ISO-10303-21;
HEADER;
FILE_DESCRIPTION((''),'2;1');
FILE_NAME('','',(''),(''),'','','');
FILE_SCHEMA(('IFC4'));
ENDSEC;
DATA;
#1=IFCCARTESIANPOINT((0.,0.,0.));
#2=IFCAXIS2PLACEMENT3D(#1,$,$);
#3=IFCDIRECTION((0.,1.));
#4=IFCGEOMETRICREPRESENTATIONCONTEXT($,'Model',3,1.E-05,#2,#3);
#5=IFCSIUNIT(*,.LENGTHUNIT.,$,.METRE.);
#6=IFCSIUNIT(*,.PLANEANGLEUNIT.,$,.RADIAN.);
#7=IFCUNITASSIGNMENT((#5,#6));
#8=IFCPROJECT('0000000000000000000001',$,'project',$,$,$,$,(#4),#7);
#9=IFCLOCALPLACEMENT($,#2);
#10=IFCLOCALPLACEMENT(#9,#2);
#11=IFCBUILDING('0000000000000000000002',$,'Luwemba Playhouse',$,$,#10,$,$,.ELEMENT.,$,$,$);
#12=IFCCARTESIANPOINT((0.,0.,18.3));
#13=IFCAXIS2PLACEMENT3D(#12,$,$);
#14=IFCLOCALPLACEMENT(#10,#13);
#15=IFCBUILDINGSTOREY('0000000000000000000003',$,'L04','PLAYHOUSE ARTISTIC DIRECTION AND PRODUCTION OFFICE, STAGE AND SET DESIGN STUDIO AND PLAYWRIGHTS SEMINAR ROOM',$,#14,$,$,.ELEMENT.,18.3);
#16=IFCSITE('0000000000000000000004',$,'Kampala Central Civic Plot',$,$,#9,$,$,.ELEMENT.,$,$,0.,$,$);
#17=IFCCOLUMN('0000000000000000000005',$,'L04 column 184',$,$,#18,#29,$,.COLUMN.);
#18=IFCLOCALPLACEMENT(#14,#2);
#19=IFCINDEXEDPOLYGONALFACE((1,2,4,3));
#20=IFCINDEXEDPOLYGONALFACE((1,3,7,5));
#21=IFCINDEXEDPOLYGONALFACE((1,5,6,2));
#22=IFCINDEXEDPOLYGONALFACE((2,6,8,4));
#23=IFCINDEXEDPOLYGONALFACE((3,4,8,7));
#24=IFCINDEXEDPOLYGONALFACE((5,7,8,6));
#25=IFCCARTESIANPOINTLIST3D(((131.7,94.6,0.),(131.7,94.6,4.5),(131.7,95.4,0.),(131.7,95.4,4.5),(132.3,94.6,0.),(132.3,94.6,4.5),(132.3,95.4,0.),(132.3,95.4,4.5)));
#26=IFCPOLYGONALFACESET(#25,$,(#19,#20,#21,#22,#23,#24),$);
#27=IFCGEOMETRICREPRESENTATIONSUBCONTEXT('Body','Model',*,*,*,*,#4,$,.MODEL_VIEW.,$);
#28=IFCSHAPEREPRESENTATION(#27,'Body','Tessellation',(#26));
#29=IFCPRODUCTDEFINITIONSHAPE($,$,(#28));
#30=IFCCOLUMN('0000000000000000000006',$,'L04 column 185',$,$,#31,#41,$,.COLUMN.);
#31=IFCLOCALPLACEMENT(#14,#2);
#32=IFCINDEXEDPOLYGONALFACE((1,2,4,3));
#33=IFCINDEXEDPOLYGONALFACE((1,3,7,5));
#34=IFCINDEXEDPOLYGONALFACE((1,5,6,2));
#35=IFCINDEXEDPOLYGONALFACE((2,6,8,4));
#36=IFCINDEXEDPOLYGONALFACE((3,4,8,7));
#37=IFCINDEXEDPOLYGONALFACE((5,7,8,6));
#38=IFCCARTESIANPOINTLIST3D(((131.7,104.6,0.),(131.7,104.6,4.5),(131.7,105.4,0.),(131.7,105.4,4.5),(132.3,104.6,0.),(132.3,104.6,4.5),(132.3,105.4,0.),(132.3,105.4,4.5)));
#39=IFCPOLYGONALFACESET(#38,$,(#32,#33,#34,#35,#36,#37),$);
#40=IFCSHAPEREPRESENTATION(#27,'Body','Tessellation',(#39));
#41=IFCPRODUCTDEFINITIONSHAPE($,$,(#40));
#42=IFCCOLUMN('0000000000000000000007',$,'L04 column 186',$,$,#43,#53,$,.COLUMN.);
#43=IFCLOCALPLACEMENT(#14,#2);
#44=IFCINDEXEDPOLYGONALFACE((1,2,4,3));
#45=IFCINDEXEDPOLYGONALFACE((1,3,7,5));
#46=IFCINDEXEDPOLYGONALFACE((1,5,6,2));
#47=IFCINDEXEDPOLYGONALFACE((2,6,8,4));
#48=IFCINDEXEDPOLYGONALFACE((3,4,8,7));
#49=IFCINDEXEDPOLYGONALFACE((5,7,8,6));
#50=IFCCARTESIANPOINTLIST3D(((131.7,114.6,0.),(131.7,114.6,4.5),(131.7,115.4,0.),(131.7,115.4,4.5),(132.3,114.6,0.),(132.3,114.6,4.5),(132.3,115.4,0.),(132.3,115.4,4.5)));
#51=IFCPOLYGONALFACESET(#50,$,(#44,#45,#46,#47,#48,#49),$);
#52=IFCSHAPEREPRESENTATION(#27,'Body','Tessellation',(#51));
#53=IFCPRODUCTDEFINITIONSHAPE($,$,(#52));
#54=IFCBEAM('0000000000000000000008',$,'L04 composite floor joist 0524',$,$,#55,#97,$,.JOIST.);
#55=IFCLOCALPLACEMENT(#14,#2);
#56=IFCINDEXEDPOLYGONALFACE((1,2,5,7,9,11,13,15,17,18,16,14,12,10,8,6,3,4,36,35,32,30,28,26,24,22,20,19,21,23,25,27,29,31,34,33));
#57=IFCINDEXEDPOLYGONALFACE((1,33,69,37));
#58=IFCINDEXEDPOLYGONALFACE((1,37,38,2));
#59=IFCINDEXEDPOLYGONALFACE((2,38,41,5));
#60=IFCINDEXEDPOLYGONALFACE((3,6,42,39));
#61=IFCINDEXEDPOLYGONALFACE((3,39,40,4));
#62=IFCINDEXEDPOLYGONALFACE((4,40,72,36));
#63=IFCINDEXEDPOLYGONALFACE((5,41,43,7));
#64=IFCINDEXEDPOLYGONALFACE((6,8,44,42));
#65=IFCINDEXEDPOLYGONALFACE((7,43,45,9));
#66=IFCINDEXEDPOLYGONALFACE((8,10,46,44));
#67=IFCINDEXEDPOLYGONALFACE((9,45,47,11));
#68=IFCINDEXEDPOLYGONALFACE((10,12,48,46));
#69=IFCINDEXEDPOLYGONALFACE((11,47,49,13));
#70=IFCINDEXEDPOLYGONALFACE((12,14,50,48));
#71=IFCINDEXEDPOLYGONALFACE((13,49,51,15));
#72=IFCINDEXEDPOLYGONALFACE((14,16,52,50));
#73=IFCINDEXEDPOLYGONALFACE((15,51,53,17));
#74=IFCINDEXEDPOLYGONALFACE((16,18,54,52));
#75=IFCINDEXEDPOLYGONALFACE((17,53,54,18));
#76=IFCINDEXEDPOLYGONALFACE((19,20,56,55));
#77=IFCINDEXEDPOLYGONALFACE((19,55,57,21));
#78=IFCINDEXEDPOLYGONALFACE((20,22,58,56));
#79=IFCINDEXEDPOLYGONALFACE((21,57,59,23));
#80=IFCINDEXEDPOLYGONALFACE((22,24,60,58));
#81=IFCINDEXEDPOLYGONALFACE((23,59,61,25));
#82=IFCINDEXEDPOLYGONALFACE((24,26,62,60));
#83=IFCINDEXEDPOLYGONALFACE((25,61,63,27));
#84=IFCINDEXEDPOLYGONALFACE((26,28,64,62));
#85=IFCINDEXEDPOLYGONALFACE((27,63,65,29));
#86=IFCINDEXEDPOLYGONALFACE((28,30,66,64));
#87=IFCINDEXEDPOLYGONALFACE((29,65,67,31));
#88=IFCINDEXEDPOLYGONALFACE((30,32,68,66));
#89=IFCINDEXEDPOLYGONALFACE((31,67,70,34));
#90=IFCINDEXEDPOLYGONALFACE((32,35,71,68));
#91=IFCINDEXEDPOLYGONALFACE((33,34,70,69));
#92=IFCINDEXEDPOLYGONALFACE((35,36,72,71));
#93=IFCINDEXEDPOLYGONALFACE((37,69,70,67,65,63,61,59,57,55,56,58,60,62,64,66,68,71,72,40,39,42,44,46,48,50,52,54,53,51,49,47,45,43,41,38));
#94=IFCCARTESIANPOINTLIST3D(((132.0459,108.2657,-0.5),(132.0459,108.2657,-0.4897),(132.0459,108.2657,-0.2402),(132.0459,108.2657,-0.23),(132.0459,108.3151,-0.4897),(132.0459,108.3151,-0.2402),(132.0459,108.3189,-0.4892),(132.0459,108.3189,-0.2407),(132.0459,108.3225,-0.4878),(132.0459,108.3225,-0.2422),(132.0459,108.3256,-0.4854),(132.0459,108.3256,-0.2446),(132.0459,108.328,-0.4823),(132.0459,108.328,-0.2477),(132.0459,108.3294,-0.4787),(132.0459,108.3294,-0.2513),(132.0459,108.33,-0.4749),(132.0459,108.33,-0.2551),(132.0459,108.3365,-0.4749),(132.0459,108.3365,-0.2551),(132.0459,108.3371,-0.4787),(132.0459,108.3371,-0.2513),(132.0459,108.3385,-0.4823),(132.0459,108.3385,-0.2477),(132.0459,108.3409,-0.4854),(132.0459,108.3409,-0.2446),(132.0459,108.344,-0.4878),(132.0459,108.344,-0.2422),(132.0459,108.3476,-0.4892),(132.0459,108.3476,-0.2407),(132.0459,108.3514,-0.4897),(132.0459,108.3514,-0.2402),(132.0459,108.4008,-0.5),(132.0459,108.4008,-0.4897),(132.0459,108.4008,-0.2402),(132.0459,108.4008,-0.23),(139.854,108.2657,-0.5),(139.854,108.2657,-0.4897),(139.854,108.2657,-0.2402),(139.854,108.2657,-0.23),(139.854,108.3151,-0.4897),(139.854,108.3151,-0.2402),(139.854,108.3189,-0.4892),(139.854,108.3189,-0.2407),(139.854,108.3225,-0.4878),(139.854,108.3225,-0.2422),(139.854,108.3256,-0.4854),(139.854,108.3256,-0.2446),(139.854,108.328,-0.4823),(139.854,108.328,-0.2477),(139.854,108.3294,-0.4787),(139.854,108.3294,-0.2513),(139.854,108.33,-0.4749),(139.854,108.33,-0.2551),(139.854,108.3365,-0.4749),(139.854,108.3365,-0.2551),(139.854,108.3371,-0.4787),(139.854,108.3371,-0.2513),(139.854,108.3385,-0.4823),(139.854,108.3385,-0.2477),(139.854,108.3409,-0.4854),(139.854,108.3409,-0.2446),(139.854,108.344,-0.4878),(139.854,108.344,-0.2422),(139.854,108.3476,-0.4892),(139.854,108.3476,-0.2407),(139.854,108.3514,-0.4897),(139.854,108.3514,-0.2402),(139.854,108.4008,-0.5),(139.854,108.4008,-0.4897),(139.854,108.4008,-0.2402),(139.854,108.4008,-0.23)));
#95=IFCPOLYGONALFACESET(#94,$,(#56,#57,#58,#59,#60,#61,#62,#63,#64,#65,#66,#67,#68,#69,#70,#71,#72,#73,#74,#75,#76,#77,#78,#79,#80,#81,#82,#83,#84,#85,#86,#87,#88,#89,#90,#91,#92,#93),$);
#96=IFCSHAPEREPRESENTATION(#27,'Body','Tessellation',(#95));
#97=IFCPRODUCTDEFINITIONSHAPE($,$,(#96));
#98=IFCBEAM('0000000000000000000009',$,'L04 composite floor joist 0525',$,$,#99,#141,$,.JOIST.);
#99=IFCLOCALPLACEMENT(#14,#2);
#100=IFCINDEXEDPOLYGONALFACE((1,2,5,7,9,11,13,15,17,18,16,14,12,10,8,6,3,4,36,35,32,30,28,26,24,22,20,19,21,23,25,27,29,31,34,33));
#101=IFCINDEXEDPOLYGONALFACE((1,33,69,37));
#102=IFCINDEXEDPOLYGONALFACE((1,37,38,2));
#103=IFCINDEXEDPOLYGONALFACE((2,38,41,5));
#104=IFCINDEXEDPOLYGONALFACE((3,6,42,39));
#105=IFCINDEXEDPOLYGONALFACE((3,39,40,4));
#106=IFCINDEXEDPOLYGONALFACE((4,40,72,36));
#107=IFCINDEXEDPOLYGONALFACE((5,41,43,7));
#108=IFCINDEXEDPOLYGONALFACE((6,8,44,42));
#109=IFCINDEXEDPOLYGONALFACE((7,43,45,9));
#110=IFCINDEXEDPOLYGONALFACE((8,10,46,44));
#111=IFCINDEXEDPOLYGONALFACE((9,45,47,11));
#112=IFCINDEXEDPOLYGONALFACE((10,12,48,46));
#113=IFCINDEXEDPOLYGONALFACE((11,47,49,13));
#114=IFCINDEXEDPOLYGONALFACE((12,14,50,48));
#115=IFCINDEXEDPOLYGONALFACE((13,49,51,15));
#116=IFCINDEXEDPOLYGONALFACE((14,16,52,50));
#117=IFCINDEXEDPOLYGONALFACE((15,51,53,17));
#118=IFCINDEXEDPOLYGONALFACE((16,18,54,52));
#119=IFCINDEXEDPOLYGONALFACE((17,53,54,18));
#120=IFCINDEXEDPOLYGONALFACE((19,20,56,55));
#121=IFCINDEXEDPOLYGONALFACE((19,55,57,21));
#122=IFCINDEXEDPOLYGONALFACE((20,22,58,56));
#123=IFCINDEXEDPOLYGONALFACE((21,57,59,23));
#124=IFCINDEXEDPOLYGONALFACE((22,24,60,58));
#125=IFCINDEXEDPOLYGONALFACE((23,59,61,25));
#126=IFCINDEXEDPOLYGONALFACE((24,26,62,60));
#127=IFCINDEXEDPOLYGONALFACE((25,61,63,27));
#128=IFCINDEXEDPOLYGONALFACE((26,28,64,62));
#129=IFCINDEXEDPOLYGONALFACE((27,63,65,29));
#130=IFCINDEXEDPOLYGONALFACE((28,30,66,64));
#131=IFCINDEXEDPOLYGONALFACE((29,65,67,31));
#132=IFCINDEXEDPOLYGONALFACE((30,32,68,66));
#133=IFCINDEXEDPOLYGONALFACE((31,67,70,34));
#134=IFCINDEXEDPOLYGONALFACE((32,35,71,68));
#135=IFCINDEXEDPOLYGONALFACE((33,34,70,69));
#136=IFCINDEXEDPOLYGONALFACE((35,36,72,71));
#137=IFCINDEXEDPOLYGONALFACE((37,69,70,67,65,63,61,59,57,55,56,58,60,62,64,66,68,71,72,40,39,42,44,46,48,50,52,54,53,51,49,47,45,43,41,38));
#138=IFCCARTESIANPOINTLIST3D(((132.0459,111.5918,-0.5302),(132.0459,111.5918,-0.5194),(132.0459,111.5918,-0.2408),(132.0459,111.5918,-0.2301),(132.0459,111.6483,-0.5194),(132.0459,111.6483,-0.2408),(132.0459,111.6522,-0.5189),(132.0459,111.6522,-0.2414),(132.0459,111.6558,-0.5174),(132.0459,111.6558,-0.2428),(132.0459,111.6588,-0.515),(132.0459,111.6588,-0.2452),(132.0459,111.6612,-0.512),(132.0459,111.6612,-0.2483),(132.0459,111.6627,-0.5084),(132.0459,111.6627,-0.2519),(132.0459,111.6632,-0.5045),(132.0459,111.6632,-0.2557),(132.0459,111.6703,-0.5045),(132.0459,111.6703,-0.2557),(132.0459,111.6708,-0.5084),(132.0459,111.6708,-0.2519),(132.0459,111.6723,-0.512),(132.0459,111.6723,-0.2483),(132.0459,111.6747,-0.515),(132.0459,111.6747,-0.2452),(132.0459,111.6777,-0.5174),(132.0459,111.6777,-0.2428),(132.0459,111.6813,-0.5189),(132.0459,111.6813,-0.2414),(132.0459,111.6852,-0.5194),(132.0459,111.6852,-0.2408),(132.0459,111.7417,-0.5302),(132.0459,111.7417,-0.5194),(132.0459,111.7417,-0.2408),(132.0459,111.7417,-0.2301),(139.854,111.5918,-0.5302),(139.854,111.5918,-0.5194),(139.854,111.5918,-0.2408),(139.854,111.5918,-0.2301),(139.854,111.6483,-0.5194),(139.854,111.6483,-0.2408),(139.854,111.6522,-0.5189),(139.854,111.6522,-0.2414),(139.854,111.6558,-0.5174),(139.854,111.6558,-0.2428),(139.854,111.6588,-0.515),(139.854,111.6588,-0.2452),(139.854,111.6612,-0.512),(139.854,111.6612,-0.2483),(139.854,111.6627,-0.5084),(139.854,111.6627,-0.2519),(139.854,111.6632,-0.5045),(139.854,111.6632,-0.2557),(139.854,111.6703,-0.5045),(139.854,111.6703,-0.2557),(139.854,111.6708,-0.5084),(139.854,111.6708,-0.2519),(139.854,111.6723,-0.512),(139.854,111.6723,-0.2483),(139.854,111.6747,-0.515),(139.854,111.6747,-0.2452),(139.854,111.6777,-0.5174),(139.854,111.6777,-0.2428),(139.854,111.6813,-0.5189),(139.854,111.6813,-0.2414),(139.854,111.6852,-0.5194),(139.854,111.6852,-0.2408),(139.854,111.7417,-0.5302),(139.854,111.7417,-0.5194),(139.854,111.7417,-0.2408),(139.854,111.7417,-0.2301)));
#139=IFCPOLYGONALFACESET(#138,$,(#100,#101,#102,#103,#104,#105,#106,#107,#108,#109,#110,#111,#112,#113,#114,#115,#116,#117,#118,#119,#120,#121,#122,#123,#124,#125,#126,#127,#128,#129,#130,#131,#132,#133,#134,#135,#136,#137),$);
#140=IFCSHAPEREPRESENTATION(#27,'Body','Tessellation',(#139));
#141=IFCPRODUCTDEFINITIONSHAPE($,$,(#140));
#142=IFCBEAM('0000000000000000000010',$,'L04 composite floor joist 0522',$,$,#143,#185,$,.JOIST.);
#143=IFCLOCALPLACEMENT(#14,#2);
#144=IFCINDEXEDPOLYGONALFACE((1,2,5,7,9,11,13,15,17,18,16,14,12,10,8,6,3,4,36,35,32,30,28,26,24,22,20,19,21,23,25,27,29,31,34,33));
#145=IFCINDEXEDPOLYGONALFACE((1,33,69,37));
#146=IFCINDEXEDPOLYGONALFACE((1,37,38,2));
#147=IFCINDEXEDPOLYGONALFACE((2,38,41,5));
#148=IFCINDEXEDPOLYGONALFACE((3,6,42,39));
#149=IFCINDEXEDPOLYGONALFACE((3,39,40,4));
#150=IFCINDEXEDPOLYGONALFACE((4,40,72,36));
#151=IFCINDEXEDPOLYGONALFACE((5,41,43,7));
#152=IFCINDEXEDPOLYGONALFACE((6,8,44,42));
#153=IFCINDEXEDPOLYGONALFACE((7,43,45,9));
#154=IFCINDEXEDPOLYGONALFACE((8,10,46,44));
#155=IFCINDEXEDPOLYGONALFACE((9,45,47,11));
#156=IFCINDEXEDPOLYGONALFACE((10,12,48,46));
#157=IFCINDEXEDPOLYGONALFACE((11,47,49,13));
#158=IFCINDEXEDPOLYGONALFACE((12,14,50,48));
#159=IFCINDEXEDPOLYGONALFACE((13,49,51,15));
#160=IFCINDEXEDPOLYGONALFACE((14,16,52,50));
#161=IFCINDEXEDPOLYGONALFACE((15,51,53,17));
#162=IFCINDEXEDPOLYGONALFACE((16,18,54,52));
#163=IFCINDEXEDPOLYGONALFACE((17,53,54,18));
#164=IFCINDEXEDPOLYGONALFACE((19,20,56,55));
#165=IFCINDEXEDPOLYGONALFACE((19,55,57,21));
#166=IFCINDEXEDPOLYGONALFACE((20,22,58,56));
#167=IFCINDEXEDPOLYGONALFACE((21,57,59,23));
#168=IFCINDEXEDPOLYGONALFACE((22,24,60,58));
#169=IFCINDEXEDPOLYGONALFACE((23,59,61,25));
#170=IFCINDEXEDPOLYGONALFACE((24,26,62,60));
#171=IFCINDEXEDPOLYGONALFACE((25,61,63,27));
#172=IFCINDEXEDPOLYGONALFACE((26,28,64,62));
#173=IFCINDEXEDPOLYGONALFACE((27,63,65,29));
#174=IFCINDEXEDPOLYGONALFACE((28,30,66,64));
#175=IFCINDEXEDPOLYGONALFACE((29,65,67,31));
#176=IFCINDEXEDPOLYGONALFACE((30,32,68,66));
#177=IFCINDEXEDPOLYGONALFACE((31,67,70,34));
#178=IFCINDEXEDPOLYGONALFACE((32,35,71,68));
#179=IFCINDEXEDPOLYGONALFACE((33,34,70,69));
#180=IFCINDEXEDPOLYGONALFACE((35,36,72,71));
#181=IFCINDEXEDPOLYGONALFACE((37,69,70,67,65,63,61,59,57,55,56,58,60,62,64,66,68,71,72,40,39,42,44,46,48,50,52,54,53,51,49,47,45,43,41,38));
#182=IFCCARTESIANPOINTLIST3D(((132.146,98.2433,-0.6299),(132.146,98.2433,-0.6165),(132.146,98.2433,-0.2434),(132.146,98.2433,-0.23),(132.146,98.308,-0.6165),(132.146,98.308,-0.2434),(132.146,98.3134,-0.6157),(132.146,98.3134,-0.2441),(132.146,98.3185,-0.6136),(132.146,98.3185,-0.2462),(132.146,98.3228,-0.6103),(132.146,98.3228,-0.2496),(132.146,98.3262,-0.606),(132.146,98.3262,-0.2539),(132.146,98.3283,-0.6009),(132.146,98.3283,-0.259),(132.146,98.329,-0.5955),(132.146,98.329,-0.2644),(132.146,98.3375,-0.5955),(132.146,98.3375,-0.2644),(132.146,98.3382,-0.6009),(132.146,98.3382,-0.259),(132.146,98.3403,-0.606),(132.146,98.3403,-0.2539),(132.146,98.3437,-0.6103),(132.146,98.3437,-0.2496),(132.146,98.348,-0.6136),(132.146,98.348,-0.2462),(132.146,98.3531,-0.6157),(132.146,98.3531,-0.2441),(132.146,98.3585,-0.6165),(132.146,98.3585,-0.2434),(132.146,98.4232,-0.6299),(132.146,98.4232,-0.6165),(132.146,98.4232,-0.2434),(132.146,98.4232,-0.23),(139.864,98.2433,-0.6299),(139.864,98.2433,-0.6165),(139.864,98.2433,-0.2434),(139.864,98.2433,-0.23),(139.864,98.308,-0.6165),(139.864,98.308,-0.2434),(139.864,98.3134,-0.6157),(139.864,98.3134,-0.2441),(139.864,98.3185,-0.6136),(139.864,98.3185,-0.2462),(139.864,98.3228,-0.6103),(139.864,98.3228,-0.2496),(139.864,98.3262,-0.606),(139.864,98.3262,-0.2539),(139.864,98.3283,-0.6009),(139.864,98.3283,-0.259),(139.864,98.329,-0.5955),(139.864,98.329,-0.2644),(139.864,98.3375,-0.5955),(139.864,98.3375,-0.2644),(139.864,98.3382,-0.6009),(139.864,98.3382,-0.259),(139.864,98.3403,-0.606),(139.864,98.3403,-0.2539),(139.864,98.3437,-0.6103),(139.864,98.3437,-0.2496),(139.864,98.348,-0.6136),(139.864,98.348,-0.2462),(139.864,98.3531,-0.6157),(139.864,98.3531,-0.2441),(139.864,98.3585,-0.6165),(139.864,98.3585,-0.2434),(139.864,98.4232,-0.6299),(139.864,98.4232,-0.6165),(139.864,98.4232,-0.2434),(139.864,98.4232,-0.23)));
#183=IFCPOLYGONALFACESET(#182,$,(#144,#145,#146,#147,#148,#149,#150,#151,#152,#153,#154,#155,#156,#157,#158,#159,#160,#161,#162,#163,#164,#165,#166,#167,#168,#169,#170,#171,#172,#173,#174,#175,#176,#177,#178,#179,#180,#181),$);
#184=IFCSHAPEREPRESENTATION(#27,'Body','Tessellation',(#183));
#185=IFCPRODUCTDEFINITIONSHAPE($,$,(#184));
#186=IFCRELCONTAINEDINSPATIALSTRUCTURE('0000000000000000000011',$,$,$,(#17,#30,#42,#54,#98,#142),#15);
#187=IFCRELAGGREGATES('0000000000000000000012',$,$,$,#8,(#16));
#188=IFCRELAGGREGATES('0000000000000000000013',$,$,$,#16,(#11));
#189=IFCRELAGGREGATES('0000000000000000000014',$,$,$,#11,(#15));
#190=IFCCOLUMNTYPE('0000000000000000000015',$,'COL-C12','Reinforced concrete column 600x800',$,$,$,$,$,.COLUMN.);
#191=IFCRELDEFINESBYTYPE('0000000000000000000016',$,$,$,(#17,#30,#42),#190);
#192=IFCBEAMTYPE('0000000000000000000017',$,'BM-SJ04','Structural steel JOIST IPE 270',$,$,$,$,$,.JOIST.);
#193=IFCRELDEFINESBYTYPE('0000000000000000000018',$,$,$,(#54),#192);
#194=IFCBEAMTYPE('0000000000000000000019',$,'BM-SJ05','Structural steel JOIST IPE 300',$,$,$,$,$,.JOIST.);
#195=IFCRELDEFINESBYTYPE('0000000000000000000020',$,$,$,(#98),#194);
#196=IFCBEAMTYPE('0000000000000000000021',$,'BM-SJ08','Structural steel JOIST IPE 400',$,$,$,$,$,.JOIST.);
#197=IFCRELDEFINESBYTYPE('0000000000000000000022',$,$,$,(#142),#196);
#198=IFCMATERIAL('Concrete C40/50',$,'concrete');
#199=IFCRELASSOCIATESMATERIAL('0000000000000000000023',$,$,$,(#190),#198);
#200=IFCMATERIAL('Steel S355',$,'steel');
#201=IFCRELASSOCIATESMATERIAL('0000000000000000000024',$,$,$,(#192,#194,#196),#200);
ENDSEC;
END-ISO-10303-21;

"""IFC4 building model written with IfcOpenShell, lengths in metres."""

from ifc_helpers import new_model, si_unit, direction, frame, origin, origin_2d, place, context, subcontext, project, spatial, rectangle, i_section, extrude, material, material_profile, profile_set, type_object, element, save


model = new_model("IFC4")

# Units and contexts
model_context = context("Model", 3, precision=1e-05, world=origin(), true_north=direction((0.0, 1.0)))
body_context = subcontext(model_context, "Body", "Model", "MODEL_VIEW")
ifc_project = project(units=[si_unit("LENGTHUNIT", "METRE"), si_unit("PLANEANGLEUNIT", "RADIAN")], contexts=[model_context])

# Site, building, storey
site_placement = place(None, origin())
site = spatial("IfcSite", under=ifc_project, at=site_placement, Name="Kampala Central Civic Plot", CompositionType="ELEMENT", RefElevation=0.0)
building_placement = place(site_placement, origin())
building = spatial("IfcBuilding", under=site, at=building_placement, Name="Luwemba Playhouse", CompositionType="ELEMENT")
storey_placement = place(building_placement, frame((0.0, 0.0, 18.3)))
storey = spatial("IfcBuildingStorey", under=building, at=storey_placement, Name="L04", Description="PLAYHOUSE ARTISTIC DIRECTION AND PRODUCTION OFFICE, STAGE AND SET DESIGN STUDIO AND PLAYWRIGHTS SEMINAR ROOM", CompositionType="ELEMENT", Elevation=18.3)

# Columns
ifc_material_1 = material(Name="Concrete C40/50", Category="concrete")
ifc_material_profile_1 = material_profile(ifc_material_1, rectangle(XDim=0.6001, YDim=0.8, at=origin_2d()))
ifc_profile_set_1 = profile_set([ifc_material_profile_1], Name="Concrete C40/50")
column_type = type_object("IfcColumnType", Name="COL-C12", Description="Reinforced concrete column 600x800", PredefinedType="COLUMN", material=ifc_profile_set_1)
for number, where, z_axis, x_axis, name in (
    (1, (132.0, 95.0, 0.0), (0.0, 0.0, 1.0), (1.0, 0.0, 0.0), "L04 column 184"),
    (2, (132.0, 105.0, 0.0), (0.0, 0.0, 1.0), (1.0, 0.0, 0.0), "L04 column 185"),
    (3, (132.0, 115.0, 0.0), (0.0, 0.0, 1.0), (1.0, 0.0, 0.0), "L04 column 186"),
):
    element("IfcColumn", number, at=place(storey_placement, frame(where, z_axis=z_axis, x_axis=x_axis)), inside=storey, type_object=column_type, Name=name, PredefinedType="COLUMN", context=body_context, shape_type="SweptSolid", body=[
        extrude(rectangle(XDim=0.6001, YDim=0.8, at=origin_2d()), origin(), (0.0, 0.0, 1.0), 4.5),
    ])

# Beams
ifc_material_2 = material(Name="Steel S355", Category="steel")
ifc_material_profile_2 = material_profile(ifc_material_2, i_section(OverallWidth=0.135, OverallDepth=0.27, WebThickness=0.0066, FlangeThickness=0.0103, FilletRadius=0.0149, at=origin_2d()))
ifc_profile_set_2 = profile_set([ifc_material_profile_2], Name="Steel S355")
beam_type_1 = type_object("IfcBeamType", Name="BM-SJ04", Description="Structural steel JOIST IPE 270", PredefinedType="JOIST", material=ifc_profile_set_2)
beam_1_placement = place(storey_placement, frame((132.0459, 108.3333, -0.365), z_axis=(1.0, 0.0, 0.0), x_axis=(0.0, 1.0, 0.0)))
element("IfcBeam", 4, at=beam_1_placement, inside=storey, type_object=beam_type_1, Name="L04 composite floor joist 0524", PredefinedType="JOIST", context=body_context, shape_type="SweptSolid", body=[
    extrude(i_section(OverallWidth=0.135, OverallDepth=0.27, WebThickness=0.0066, FlangeThickness=0.0103, FilletRadius=0.0149, at=origin_2d()), origin(), (0.0, 0.0, 1.0), 7.8081),
])
ifc_material_profile_3 = material_profile(ifc_material_2, i_section(OverallWidth=0.1499, OverallDepth=0.3, WebThickness=0.0071, FlangeThickness=0.0107, FilletRadius=0.0149, at=origin_2d()))
ifc_profile_set_3 = profile_set([ifc_material_profile_3], Name="Steel S355")
beam_type_2 = type_object("IfcBeamType", Name="BM-SJ05", Description="Structural steel JOIST IPE 300", PredefinedType="JOIST", material=ifc_profile_set_3)
beam_2_placement = place(storey_placement, frame((132.0459, 111.6667, -0.3801), z_axis=(1.0, 0.0, 0.0), x_axis=(0.0, 1.0, 0.0)))
element("IfcBeam", 5, at=beam_2_placement, inside=storey, type_object=beam_type_2, Name="L04 composite floor joist 0525", PredefinedType="JOIST", context=body_context, shape_type="SweptSolid", body=[
    extrude(i_section(OverallWidth=0.1499, OverallDepth=0.3, WebThickness=0.0071, FlangeThickness=0.0107, FilletRadius=0.0149, at=origin_2d()), origin(), (0.0, 0.0, 1.0), 7.8081),
])
ifc_material_profile_4 = material_profile(ifc_material_2, i_section(OverallWidth=0.1799, OverallDepth=0.3999, WebThickness=0.0085, FlangeThickness=0.0134, FilletRadius=0.021, at=origin_2d()))
ifc_profile_set_4 = profile_set([ifc_material_profile_4], Name="Steel S355")
beam_type_3 = type_object("IfcBeamType", Name="BM-SJ08", Description="Structural steel JOIST IPE 400", PredefinedType="JOIST", material=ifc_profile_set_4)
beam_3_placement = place(storey_placement, frame((132.146, 98.3333, -0.4299), z_axis=(1.0, 0.0, 0.0), x_axis=(0.0, 1.0, 0.0)))
element("IfcBeam", 6, at=beam_3_placement, inside=storey, type_object=beam_type_3, Name="L04 composite floor joist 0522", PredefinedType="JOIST", context=body_context, shape_type="SweptSolid", body=[
    extrude(i_section(OverallWidth=0.1799, OverallDepth=0.3999, WebThickness=0.0085, FlangeThickness=0.0134, FilletRadius=0.021, at=origin_2d()), origin(), (0.0, 0.0, 1.0), 7.718),
])

save(model, "model.ifc")
